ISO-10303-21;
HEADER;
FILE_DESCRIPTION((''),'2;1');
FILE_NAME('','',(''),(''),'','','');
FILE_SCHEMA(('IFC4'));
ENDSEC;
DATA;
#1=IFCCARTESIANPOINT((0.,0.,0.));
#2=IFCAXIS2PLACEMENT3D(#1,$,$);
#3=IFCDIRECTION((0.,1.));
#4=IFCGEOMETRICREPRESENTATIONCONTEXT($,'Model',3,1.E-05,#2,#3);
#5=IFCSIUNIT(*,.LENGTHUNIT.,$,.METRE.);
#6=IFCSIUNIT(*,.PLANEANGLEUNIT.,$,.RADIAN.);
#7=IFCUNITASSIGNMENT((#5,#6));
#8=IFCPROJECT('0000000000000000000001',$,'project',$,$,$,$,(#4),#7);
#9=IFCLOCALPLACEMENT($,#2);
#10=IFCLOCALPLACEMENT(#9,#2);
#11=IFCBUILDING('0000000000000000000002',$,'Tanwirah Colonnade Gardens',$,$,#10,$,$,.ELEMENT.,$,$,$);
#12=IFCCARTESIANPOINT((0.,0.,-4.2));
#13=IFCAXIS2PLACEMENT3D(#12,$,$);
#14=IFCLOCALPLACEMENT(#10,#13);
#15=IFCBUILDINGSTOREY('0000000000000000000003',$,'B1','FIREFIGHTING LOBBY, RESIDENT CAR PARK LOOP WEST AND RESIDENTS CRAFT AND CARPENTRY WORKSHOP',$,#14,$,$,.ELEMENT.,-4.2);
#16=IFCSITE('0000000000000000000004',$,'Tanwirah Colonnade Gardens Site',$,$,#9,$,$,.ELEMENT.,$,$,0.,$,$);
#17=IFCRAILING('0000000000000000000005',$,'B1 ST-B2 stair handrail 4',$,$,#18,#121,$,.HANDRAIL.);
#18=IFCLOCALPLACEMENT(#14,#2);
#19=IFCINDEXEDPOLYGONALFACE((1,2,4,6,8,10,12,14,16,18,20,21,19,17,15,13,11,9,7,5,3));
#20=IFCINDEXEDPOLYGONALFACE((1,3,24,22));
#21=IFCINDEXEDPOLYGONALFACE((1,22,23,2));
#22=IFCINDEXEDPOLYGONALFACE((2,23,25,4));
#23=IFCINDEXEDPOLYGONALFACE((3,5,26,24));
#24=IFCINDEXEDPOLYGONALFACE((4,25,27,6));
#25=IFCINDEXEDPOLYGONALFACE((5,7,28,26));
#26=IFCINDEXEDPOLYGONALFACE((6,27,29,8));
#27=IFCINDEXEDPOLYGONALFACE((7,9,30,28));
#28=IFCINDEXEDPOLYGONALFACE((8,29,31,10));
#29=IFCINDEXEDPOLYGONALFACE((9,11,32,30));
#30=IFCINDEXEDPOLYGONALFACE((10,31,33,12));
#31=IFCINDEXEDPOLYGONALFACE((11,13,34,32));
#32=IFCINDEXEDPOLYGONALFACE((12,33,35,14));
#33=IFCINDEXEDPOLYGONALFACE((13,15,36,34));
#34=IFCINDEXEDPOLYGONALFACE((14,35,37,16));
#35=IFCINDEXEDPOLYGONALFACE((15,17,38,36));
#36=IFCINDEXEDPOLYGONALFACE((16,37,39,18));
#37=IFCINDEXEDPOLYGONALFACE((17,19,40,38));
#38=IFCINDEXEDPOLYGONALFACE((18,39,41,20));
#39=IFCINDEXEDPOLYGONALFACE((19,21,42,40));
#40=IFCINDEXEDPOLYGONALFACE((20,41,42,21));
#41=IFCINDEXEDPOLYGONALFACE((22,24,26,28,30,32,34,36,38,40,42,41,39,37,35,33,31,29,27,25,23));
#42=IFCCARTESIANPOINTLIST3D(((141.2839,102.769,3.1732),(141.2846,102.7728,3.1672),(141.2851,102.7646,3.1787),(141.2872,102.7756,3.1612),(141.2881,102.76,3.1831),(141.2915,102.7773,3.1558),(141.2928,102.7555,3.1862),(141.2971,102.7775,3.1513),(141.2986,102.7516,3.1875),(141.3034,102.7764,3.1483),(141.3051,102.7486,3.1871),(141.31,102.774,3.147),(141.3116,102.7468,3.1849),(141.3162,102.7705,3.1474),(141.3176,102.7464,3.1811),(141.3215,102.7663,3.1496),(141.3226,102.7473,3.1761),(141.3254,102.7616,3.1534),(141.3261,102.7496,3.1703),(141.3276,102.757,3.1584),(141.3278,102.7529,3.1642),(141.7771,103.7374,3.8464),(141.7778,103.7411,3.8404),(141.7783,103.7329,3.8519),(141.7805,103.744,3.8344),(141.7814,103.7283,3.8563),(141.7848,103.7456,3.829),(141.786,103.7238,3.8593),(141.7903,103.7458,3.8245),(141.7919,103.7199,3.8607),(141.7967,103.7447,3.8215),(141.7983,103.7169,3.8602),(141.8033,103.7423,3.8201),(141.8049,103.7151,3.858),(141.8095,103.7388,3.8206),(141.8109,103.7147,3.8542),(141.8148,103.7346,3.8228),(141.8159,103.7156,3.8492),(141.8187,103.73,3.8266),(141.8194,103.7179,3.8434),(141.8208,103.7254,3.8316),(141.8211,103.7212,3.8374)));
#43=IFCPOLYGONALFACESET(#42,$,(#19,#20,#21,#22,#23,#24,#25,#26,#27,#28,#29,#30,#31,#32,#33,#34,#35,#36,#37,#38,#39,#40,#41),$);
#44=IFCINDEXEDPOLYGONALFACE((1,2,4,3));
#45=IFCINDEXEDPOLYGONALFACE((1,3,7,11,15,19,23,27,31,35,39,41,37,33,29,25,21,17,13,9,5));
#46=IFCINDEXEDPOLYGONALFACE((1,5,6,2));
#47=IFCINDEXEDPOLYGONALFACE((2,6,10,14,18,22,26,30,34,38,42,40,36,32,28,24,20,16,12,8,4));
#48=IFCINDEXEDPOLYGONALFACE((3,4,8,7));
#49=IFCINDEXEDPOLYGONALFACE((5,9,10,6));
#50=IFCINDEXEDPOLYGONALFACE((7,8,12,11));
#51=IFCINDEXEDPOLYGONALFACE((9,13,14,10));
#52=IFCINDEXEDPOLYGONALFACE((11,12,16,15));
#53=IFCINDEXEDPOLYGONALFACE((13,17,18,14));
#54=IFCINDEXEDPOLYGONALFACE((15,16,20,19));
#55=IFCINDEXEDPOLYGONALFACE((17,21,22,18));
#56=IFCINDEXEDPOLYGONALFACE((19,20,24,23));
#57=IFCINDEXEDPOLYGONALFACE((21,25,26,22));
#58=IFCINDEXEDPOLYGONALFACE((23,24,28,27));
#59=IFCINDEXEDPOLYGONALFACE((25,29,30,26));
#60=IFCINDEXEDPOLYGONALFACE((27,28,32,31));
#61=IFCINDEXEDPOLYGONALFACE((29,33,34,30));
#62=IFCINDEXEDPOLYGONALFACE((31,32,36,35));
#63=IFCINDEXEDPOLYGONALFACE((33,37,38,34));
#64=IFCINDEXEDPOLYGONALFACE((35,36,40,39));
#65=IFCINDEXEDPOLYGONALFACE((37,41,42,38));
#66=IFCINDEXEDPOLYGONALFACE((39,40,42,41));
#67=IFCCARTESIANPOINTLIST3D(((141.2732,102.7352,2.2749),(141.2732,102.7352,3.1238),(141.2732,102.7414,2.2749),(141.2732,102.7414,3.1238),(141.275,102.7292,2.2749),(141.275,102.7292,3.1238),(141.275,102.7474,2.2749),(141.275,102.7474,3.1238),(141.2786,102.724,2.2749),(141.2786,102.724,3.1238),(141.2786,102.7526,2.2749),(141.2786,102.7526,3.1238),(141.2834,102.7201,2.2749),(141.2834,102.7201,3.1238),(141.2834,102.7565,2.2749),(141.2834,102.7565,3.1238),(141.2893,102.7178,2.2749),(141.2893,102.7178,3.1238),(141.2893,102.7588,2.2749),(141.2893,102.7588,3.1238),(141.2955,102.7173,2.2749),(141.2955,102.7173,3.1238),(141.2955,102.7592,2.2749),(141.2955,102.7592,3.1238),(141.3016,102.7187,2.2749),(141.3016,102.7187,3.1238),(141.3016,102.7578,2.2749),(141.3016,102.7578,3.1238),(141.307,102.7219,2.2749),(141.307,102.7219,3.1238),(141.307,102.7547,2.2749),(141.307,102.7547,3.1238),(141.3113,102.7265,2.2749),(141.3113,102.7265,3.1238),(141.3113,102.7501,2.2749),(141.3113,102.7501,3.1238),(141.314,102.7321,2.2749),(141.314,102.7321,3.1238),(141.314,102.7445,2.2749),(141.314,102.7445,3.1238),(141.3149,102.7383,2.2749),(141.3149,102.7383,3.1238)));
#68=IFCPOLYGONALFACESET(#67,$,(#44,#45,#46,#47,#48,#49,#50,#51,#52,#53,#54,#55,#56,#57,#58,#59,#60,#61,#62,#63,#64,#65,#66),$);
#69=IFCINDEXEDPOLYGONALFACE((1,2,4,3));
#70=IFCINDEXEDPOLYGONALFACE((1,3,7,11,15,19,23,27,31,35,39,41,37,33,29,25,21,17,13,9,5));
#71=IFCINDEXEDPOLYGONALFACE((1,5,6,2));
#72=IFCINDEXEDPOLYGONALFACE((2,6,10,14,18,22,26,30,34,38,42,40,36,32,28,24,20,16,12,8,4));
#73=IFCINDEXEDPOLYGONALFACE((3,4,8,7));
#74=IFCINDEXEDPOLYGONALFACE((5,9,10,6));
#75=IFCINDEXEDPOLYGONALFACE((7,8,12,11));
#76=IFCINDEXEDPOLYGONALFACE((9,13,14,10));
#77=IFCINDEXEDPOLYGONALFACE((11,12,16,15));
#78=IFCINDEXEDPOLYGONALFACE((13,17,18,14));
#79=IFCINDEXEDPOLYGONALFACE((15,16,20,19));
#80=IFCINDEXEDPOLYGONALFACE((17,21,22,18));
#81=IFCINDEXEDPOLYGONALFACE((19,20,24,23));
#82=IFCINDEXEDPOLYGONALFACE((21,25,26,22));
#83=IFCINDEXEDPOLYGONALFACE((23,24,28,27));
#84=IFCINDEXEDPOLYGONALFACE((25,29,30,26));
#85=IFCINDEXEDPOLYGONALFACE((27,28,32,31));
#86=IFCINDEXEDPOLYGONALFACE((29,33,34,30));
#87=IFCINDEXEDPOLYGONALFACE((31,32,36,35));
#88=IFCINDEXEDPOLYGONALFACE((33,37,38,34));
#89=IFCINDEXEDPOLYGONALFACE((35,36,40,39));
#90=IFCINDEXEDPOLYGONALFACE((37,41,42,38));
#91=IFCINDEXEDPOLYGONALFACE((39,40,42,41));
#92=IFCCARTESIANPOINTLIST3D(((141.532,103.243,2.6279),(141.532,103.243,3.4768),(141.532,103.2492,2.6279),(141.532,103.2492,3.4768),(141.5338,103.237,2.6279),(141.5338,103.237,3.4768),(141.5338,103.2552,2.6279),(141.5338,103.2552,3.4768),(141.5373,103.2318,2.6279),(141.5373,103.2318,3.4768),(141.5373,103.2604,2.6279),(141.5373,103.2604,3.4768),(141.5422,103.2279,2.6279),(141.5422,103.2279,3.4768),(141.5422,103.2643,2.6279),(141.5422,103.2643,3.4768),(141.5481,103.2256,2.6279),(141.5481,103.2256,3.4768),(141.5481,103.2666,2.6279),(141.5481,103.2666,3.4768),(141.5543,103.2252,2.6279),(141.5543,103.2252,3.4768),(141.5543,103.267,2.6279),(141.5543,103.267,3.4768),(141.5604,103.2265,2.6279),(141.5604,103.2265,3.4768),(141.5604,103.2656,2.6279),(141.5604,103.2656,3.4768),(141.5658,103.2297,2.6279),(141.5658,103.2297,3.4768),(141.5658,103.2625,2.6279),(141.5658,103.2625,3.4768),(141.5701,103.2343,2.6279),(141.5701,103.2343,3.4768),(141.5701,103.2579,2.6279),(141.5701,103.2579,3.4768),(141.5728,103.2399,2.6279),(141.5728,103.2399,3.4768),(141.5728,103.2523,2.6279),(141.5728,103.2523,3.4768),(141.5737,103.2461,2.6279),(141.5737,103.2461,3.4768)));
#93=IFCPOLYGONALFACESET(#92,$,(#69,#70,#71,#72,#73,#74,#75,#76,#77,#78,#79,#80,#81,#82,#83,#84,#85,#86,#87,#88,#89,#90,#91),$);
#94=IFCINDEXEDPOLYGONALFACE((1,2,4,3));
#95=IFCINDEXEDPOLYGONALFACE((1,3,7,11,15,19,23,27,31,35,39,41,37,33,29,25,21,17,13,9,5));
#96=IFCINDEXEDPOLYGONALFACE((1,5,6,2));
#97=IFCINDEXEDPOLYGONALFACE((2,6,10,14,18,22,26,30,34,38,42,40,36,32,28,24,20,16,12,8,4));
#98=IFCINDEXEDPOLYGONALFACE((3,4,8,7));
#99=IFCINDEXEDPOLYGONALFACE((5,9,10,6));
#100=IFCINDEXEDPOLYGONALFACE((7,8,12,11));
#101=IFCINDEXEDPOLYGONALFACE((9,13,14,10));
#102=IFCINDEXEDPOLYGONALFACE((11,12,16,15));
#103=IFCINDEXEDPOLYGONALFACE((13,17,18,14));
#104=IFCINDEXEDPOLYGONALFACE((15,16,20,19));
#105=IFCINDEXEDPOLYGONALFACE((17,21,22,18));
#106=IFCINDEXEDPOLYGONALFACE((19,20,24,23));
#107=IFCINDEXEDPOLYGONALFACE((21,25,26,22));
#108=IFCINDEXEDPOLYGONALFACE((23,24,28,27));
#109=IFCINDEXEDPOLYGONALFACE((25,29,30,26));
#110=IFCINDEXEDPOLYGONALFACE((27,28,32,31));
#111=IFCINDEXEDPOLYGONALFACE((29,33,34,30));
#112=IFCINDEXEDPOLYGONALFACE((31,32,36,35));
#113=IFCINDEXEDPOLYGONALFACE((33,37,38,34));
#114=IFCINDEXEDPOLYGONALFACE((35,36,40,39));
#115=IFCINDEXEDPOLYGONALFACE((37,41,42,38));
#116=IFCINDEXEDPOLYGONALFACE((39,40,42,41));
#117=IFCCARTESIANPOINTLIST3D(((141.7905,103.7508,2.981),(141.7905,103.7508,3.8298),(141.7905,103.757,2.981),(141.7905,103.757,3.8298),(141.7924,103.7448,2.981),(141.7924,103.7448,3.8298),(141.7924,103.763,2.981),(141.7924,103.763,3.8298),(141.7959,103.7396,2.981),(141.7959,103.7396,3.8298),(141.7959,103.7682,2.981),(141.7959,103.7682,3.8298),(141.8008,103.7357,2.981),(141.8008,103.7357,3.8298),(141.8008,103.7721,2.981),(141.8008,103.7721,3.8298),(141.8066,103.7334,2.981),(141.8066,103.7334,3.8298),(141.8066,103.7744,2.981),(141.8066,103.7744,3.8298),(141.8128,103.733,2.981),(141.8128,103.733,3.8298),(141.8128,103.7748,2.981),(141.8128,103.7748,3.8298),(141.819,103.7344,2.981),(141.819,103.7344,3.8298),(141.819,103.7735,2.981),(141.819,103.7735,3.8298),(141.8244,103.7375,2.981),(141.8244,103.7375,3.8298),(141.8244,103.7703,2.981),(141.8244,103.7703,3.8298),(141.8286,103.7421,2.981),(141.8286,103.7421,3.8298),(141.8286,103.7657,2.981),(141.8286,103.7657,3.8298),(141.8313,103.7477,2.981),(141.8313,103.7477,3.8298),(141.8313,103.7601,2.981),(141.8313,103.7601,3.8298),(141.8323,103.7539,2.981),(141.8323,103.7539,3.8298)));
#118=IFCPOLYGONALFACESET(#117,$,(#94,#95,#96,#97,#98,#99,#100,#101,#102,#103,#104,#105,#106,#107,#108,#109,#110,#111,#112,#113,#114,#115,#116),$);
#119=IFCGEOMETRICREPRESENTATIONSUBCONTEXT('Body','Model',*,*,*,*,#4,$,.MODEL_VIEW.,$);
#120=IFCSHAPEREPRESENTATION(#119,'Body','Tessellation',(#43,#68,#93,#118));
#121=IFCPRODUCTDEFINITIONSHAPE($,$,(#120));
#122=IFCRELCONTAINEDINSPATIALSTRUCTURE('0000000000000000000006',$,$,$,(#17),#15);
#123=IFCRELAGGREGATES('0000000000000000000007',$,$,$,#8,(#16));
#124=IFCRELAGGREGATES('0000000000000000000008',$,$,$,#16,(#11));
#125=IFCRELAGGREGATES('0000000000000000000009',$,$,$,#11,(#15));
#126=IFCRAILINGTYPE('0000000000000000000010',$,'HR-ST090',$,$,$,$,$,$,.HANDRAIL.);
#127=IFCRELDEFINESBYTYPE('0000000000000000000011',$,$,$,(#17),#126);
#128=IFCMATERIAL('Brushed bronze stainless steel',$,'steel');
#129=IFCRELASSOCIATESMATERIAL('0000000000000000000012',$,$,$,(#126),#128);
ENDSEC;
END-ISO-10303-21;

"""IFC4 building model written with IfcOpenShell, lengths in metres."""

from ifc_helpers import new_model, si_unit, direction, frame, origin, origin_2d, place, context, subcontext, project, spatial, circle, extrude, material, type_object, element, save


model = new_model("IFC4")

# Units and contexts
model_context = context("Model", 3, precision=1e-05, world=origin(), true_north=direction((0.0, 1.0)))
body_context = subcontext(model_context, "Body", "Model", "MODEL_VIEW")
ifc_project = project(units=[si_unit("LENGTHUNIT", "METRE"), si_unit("PLANEANGLEUNIT", "RADIAN")], contexts=[model_context])

# Site, building, storey
site_placement = place(None, origin())
site = spatial("IfcSite", under=ifc_project, at=site_placement, Name="Tanwirah Colonnade Gardens Site", CompositionType="ELEMENT", RefElevation=0.0)
building_placement = place(site_placement, origin())
building = spatial("IfcBuilding", under=site, at=building_placement, Name="Tanwirah Colonnade Gardens", CompositionType="ELEMENT")
storey_placement = place(building_placement, frame((0.0, 0.0, -4.2)))
storey = spatial("IfcBuildingStorey", under=building, at=storey_placement, Name="B1", Description="FIREFIGHTING LOBBY, RESIDENT CAR PARK LOOP WEST AND RESIDENTS CRAFT AND CARPENTRY WORKSHOP", CompositionType="ELEMENT", Elevation=-4.2)

# Railing
ifc_material_1 = material(Name="Brushed bronze stainless steel", Category="steel")
railing_type_1 = type_object("IfcRailingType", Name="HR-ST090", PredefinedType="HANDRAIL", material=ifc_material_1)
railing_1_placement = place(storey_placement, frame((141.2939, 102.7383, 2.2749)))
element("IfcRailing", 1, at=railing_1_placement, inside=storey, type_object=railing_type_1, Name="B1 ST-B2 stair handrail 4", PredefinedType="HANDRAIL", context=body_context, shape_type="SweptSolid", body=[
    extrude(circle(Radius=0.0239, at=origin_2d()), frame((0.012, 0.0237, 0.8923), z_axis=(0.385851, 0.757499, 0.526607), x_axis=(-0.891061, 0.453884, 0.0)), (0.0, 0.0, 1.0), 1.2783),
    extrude(circle(Radius=0.021, at=origin_2d()), origin(), (0.0, 0.0, 1.0), 0.8489),
    extrude(circle(Radius=0.021, at=origin_2d()), frame((0.2588, 0.5078, 0.353)), (0.0, 0.0, 1.0), 0.8489),
    extrude(circle(Radius=0.021, at=origin_2d()), frame((0.5173, 1.0156, 0.7061)), (0.0, 0.0, 1.0), 0.8489),
])

save(model, "model.ifc")
